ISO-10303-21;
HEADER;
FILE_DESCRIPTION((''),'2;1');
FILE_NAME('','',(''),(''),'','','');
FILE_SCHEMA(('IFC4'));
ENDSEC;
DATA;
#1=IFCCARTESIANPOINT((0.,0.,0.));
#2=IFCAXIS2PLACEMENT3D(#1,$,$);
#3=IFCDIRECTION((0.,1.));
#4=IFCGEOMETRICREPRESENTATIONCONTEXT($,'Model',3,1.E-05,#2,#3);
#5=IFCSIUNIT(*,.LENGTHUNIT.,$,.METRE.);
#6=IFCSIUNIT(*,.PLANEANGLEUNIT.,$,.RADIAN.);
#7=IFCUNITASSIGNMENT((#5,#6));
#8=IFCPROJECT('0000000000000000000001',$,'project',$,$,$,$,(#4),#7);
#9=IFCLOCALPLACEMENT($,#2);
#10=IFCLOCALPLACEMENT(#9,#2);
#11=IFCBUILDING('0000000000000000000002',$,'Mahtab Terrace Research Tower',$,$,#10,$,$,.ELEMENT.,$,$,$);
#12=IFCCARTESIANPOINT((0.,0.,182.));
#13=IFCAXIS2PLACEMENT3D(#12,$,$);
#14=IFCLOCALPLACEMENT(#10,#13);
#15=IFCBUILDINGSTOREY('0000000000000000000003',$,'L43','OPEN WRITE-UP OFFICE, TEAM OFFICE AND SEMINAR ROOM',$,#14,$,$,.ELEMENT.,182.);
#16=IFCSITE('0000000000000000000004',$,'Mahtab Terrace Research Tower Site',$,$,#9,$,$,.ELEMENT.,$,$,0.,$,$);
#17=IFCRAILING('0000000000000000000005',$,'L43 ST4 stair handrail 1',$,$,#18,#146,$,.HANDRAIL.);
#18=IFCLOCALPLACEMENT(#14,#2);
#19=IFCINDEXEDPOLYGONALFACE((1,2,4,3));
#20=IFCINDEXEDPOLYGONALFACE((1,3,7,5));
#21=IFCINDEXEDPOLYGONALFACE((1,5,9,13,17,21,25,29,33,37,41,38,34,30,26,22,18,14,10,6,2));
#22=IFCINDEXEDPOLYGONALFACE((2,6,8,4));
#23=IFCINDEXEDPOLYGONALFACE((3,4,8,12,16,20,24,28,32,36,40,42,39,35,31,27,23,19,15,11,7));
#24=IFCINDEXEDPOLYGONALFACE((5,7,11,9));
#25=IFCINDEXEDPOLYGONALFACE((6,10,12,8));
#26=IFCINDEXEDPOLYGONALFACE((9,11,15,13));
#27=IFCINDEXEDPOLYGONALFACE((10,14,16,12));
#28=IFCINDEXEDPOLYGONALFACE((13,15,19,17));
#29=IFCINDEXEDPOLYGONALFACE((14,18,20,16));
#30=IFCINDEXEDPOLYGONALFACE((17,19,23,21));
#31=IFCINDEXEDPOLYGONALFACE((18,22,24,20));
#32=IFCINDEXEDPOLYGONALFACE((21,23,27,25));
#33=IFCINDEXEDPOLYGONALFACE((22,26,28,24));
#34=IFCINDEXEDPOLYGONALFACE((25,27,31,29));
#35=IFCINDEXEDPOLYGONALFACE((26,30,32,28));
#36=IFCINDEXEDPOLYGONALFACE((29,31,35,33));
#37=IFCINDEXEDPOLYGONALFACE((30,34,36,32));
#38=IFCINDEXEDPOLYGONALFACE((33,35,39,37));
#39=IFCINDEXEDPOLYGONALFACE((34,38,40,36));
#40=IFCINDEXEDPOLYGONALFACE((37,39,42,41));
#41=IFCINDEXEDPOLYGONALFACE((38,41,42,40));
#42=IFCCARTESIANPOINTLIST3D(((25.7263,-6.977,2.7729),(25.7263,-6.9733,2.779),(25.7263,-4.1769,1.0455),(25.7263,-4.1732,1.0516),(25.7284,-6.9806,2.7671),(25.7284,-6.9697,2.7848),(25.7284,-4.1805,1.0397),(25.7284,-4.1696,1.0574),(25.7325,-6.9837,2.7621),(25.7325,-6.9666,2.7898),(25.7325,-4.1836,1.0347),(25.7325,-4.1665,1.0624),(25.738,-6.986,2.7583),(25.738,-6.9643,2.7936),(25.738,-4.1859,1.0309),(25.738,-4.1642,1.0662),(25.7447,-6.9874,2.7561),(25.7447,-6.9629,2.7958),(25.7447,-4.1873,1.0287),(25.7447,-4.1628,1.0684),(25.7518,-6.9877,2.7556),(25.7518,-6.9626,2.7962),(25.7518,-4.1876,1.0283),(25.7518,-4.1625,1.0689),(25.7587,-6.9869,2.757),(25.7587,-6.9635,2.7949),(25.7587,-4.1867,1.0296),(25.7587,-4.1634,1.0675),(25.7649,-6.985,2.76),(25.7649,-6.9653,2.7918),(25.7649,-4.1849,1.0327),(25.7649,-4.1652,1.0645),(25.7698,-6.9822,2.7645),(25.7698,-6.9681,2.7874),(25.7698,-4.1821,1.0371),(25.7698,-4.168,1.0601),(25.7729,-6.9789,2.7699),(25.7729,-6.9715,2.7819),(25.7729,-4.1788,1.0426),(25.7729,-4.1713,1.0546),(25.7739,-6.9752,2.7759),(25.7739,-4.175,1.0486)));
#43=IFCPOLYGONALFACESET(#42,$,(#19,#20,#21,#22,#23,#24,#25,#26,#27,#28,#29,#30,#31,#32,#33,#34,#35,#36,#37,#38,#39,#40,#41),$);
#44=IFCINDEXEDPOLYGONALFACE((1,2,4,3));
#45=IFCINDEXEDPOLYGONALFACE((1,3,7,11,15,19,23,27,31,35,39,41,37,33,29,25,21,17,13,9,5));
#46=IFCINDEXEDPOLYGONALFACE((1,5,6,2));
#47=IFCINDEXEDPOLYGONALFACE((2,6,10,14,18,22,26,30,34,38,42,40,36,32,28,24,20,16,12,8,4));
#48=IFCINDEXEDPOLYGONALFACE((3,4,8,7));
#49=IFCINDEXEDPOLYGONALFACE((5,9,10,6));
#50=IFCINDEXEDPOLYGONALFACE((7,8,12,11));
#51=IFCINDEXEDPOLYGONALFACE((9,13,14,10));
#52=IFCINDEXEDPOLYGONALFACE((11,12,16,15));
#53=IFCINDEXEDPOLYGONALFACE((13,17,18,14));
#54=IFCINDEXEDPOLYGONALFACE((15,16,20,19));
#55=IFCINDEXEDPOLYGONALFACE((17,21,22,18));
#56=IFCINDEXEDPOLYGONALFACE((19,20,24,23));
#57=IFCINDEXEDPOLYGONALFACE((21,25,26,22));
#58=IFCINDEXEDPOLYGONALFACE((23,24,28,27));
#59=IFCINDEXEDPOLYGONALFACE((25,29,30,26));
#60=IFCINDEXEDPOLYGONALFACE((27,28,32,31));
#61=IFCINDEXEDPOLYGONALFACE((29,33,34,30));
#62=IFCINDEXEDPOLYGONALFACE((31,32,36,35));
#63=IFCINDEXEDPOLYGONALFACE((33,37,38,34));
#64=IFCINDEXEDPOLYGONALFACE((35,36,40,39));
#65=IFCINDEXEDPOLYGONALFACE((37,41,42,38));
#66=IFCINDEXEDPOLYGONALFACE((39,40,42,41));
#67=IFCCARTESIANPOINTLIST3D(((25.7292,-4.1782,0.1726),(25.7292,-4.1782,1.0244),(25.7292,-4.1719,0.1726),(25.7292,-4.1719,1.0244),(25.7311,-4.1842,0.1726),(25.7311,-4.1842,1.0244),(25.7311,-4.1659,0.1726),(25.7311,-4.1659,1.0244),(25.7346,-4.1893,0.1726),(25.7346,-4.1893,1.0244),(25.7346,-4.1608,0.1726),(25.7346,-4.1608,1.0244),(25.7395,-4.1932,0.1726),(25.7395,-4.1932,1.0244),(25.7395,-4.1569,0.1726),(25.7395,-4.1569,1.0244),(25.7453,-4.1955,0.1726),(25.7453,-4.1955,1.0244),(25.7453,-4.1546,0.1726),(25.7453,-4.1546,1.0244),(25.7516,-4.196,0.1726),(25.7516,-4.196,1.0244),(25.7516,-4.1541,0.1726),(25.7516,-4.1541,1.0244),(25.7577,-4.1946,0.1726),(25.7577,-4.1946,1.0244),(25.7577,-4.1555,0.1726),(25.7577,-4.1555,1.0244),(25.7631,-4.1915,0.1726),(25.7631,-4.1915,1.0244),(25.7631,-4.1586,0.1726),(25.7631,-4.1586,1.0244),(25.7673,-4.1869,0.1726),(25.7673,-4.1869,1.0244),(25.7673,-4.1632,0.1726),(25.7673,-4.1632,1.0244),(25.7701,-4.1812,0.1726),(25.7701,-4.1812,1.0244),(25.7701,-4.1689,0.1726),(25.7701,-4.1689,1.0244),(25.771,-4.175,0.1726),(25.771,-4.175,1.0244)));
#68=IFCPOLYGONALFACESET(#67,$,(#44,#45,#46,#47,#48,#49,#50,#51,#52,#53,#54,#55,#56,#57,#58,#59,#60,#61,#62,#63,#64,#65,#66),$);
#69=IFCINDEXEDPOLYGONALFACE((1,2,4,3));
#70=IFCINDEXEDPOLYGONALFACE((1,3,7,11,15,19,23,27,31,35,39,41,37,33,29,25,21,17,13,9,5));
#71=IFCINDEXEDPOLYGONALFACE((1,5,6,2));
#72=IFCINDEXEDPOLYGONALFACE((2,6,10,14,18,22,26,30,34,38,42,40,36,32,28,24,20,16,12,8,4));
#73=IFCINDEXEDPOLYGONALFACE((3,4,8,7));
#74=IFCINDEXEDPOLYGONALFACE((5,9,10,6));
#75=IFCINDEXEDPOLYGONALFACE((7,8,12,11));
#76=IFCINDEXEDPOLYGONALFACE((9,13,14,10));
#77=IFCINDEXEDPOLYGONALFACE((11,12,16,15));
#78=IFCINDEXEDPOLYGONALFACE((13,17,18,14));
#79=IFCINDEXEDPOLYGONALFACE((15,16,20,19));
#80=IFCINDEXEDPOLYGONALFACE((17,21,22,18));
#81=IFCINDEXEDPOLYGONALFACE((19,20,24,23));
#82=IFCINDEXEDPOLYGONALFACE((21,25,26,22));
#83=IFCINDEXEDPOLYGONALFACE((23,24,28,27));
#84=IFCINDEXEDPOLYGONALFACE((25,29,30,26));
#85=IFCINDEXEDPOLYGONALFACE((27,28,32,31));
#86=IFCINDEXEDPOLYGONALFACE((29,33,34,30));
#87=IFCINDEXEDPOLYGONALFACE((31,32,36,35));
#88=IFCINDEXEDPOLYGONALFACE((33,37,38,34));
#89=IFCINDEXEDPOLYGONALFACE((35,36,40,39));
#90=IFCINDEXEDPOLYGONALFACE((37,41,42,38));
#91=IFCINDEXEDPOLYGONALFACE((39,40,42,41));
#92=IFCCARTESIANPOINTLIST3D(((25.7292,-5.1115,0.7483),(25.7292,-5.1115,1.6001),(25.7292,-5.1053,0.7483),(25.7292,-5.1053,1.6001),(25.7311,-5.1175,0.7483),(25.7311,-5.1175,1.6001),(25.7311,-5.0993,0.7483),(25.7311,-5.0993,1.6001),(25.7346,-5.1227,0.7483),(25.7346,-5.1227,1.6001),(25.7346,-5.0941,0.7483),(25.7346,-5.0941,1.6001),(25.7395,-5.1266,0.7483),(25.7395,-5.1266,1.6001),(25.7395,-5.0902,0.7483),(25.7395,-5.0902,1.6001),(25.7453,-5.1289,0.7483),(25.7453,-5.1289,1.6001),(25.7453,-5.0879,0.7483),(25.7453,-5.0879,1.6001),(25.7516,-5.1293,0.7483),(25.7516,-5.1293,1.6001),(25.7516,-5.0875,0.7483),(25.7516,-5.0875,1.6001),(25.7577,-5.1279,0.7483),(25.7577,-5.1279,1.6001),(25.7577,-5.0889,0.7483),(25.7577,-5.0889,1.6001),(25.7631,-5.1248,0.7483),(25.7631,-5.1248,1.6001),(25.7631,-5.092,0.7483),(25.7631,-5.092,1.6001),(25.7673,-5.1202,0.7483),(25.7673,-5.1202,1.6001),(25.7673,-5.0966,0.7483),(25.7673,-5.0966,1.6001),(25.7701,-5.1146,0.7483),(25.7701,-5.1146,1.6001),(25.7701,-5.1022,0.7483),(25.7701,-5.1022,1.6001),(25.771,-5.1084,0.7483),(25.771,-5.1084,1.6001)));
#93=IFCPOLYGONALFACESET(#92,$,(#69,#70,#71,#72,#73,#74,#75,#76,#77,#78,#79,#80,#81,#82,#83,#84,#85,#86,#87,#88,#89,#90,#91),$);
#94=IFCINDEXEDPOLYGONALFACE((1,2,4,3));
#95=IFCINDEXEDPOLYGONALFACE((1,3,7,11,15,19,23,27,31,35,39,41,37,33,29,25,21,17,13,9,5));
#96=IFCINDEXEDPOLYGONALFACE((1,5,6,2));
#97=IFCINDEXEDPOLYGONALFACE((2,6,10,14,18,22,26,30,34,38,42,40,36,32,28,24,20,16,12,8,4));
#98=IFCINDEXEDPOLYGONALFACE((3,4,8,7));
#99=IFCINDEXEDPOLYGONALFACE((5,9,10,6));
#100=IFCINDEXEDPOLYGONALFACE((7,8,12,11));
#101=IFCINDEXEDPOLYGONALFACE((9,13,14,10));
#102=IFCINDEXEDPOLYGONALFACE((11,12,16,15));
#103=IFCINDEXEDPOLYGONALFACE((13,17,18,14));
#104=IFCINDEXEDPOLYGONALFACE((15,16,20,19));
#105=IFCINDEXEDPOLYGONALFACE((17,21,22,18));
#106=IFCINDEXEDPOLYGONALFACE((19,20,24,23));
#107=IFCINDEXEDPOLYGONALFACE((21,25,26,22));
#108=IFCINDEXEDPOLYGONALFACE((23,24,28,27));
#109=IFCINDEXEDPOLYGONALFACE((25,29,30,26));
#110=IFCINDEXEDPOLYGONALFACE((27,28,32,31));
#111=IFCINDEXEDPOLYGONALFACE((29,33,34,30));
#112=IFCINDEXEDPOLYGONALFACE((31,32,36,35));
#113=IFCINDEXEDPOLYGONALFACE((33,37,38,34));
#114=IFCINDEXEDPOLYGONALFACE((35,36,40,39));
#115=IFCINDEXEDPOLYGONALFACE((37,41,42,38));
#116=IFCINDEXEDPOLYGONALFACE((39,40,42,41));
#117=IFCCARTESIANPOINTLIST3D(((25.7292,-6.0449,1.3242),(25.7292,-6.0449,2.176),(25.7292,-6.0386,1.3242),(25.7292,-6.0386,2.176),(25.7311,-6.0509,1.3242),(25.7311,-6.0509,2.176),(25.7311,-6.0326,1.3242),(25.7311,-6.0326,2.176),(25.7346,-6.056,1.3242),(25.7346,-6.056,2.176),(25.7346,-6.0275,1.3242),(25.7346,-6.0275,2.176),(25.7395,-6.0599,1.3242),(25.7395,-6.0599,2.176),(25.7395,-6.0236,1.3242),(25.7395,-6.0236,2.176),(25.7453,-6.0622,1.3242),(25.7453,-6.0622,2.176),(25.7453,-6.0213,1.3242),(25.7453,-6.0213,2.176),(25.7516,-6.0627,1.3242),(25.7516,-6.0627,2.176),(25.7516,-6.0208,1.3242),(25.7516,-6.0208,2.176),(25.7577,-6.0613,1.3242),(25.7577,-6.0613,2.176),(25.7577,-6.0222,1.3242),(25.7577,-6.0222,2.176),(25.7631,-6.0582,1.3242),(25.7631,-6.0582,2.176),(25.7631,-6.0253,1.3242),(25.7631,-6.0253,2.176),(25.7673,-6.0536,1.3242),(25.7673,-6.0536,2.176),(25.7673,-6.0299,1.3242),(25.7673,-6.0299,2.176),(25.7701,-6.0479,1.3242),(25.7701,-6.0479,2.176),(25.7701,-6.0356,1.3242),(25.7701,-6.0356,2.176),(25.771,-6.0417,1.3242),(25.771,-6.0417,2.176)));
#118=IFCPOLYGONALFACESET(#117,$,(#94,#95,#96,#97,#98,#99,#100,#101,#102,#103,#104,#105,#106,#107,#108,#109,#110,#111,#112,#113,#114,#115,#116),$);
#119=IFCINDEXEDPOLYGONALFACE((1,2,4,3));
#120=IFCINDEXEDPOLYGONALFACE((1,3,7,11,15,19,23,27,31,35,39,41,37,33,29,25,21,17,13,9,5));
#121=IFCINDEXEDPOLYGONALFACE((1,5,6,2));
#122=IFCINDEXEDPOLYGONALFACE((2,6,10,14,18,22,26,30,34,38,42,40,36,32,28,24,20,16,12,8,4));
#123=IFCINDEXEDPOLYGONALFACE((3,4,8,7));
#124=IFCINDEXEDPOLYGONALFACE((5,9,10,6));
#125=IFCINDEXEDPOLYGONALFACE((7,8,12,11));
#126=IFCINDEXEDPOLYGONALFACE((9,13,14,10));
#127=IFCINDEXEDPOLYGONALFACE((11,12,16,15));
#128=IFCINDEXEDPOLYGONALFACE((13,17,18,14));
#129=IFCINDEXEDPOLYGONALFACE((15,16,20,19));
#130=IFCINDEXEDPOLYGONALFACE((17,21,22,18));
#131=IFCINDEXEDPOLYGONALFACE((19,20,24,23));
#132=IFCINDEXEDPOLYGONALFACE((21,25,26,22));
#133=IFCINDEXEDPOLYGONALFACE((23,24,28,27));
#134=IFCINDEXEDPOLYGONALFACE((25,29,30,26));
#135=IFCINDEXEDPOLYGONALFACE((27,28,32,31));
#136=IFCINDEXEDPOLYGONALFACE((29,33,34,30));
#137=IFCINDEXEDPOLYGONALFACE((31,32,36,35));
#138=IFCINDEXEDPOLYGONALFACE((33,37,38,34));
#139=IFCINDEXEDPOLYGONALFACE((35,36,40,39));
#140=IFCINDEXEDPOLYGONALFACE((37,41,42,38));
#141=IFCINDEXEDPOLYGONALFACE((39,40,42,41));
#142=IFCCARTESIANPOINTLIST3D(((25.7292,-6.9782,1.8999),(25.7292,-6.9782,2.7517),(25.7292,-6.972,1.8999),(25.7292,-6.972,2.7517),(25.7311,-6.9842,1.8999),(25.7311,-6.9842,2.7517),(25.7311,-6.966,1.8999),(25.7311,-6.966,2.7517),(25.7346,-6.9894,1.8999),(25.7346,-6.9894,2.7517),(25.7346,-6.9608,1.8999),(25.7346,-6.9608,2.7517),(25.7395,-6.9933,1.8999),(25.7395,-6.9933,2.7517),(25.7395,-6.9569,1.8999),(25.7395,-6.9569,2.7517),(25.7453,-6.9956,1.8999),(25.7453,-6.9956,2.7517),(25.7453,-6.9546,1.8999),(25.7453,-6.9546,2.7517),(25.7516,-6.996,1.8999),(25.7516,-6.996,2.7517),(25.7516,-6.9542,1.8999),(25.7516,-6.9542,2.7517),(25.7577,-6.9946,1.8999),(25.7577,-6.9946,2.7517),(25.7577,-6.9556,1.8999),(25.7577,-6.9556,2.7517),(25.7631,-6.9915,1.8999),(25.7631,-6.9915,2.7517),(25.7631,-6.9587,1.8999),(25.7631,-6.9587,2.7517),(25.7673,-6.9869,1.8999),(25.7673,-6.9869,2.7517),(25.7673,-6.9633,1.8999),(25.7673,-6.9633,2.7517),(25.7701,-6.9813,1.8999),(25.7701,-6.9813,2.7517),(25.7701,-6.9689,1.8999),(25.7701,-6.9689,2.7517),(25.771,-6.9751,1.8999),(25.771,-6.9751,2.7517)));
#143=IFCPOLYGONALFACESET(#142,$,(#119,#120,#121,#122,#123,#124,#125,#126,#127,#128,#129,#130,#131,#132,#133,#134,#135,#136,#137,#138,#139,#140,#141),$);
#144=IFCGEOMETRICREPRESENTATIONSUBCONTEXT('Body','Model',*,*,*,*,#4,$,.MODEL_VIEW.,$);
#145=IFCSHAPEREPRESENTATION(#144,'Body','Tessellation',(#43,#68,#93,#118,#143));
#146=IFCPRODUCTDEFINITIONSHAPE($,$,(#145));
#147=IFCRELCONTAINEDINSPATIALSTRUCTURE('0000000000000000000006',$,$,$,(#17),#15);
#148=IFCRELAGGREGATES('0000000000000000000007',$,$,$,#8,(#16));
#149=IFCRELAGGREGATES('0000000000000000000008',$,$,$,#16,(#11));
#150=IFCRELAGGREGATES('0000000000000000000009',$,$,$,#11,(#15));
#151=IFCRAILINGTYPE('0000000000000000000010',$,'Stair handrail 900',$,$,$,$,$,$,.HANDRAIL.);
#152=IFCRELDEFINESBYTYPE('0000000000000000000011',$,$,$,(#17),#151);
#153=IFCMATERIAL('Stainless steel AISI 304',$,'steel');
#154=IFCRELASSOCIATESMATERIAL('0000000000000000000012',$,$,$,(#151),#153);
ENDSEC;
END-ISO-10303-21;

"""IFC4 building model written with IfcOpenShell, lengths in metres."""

from ifc_helpers import new_model, si_unit, direction, frame, origin, origin_2d, place, context, subcontext, project, spatial, circle, extrude, material, type_object, element, save


model = new_model("IFC4")

# Units and contexts
model_context = context("Model", 3, precision=1e-05, world=origin(), true_north=direction((0.0, 1.0)))
body_context = subcontext(model_context, "Body", "Model", "MODEL_VIEW")
ifc_project = project(units=[si_unit("LENGTHUNIT", "METRE"), si_unit("PLANEANGLEUNIT", "RADIAN")], contexts=[model_context])

# Site, building, storey
site_placement = place(None, origin())
site = spatial("IfcSite", under=ifc_project, at=site_placement, Name="Mahtab Terrace Research Tower Site", CompositionType="ELEMENT", RefElevation=0.0)
building_placement = place(site_placement, origin())
building = spatial("IfcBuilding", under=site, at=building_placement, Name="Mahtab Terrace Research Tower", CompositionType="ELEMENT")
storey_placement = place(building_placement, frame((0.0, 0.0, 182.0)))
storey = spatial("IfcBuildingStorey", under=building, at=storey_placement, Name="L43", Description="OPEN WRITE-UP OFFICE, TEAM OFFICE AND SEMINAR ROOM", CompositionType="ELEMENT", Elevation=182.0)

# Railing
ifc_material_1 = material(Name="Stainless steel AISI 304", Category="steel")
railing_type_1 = type_object("IfcRailingType", Name="Stair handrail 900", PredefinedType="HANDRAIL", material=ifc_material_1)
railing_1_placement = place(storey_placement, frame((25.75, -4.175, 0.1726)))
element("IfcRailing", 1, at=railing_1_placement, inside=storey, type_object=railing_type_1, Name="L43 ST4 stair handrail 1", PredefinedType="HANDRAIL", context=body_context, shape_type="SweptSolid", body=[
    extrude(circle(Radius=0.0239, at=origin_2d()), frame((0.0, 0.0, 0.876), z_axis=(0.0, -0.85109, 0.52502), x_axis=(1.0, 0.0, 0.0)), (0.0, 0.0, 1.0), 3.29),
    extrude(circle(Radius=0.021, at=origin_2d()), origin(), (0.0, 0.0, 1.0), 0.8518),
    extrude(circle(Radius=0.021, at=origin_2d()), frame((0.0, -0.9333, 0.5757)), (0.0, 0.0, 1.0), 0.8518),
    extrude(circle(Radius=0.021, at=origin_2d()), frame((0.0, -1.8667, 1.1516)), (0.0, 0.0, 1.0), 0.8518),
    extrude(circle(Radius=0.021, at=origin_2d()), frame((0.0, -2.8, 1.7273)), (0.0, 0.0, 1.0), 0.8518),
])

save(model, "model.ifc")
